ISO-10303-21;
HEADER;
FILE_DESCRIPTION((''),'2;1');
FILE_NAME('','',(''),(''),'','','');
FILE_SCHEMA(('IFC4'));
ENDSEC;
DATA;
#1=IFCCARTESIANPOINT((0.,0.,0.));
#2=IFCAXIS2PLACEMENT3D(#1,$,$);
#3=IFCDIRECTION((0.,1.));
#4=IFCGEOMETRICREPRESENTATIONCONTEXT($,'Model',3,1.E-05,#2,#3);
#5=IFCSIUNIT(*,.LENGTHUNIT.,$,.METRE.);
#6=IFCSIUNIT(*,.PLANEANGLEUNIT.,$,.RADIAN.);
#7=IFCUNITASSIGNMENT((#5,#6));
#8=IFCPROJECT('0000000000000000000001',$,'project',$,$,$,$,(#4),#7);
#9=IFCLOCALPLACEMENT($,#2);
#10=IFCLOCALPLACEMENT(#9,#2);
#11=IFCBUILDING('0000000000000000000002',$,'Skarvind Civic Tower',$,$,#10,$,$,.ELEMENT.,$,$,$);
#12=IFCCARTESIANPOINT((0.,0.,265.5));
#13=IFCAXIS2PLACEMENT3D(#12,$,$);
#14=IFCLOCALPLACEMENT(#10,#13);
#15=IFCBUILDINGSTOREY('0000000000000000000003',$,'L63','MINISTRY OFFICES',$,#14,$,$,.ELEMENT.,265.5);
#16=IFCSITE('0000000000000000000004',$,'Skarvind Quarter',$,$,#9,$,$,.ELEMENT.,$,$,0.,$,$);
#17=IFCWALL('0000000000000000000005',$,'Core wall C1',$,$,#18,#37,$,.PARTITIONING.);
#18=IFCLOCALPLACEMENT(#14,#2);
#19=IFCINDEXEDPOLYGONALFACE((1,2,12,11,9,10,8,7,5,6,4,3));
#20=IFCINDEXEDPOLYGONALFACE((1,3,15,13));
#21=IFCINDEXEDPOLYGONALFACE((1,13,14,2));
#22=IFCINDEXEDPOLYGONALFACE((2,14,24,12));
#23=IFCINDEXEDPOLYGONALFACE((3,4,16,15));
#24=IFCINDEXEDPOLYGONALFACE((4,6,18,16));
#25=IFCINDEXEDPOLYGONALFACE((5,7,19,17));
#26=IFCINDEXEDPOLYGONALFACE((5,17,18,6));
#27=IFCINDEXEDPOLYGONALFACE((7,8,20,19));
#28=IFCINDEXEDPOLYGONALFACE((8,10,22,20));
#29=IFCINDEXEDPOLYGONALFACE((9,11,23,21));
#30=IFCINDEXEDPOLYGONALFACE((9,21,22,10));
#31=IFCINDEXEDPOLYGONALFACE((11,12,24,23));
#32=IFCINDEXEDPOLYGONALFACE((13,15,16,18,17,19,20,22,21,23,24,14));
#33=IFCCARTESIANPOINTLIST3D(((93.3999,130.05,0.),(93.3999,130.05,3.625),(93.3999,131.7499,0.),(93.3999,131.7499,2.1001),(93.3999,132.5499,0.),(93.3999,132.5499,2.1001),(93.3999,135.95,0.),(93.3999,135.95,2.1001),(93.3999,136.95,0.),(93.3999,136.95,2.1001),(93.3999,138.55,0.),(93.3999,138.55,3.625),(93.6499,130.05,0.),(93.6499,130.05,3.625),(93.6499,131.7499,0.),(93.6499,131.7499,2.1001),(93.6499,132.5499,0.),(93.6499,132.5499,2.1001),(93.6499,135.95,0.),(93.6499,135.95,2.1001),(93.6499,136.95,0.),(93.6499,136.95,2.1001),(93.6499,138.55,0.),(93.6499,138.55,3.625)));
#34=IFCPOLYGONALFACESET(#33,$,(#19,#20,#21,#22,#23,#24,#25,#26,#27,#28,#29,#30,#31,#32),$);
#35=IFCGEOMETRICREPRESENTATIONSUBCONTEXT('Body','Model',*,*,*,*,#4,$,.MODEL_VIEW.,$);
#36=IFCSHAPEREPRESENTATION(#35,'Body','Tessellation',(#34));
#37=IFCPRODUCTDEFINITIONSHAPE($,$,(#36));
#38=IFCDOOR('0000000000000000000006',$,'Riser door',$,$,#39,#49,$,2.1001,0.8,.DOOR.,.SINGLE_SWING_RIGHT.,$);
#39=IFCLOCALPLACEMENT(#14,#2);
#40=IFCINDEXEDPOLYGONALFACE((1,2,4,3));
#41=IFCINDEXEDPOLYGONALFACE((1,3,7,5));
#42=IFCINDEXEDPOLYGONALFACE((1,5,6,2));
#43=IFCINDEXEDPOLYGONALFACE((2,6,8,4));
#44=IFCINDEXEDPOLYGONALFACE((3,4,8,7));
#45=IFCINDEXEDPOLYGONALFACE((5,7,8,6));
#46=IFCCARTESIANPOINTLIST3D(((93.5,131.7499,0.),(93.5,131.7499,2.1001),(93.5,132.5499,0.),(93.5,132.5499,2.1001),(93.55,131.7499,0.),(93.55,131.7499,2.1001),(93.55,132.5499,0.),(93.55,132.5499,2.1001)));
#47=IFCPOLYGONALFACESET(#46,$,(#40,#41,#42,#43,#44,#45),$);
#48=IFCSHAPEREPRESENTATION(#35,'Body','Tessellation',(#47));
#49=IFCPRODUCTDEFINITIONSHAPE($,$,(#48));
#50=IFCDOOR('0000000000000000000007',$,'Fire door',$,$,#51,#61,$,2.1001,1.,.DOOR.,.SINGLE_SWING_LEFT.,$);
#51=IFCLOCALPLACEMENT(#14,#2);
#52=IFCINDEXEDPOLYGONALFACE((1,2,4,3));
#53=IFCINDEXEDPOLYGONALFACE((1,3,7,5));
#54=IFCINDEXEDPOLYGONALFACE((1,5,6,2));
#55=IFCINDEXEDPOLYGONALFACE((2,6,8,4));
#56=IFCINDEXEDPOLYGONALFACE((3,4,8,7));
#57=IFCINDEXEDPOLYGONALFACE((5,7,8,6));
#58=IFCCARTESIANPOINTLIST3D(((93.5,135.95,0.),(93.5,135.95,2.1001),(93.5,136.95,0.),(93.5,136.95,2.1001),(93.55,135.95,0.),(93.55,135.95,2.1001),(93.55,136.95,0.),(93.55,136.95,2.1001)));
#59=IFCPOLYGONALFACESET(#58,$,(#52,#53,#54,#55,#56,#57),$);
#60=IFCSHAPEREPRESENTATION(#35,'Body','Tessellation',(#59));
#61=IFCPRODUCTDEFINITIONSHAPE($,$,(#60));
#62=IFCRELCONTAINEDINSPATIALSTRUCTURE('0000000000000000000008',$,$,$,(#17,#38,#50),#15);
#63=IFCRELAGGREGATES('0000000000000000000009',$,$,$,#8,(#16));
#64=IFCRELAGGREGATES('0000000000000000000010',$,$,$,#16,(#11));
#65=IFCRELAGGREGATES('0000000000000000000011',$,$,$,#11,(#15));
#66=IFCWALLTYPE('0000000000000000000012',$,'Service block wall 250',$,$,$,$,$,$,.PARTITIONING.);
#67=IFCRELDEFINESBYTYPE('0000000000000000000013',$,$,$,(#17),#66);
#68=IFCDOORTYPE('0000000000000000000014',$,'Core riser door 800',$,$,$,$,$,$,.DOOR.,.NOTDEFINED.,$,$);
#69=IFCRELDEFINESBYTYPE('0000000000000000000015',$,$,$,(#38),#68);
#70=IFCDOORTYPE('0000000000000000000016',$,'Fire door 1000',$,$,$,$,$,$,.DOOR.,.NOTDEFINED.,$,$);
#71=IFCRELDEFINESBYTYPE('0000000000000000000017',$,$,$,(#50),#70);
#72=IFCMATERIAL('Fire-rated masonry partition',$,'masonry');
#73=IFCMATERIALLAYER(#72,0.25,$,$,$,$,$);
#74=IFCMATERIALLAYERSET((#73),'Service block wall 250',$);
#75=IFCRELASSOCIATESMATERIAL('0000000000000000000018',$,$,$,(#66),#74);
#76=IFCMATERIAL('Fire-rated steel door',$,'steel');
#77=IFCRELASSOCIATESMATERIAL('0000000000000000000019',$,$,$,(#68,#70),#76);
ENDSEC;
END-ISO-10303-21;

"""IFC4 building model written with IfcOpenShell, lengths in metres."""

from ifc_helpers import new_model, si_unit, direction, frame, frame_2d, origin, place, context, subcontext, project, spatial, rectangle, extrude, material, layer, layer_set, type_object, element, fill, save


model = new_model("IFC4")

# Units and contexts
model_context = context("Model", 3, precision=1e-05, world=origin(), true_north=direction((0.0, 1.0)))
body_context = subcontext(model_context, "Body", "Model", "MODEL_VIEW")
ifc_project = project(units=[si_unit("LENGTHUNIT", "METRE"), si_unit("PLANEANGLEUNIT", "RADIAN")], contexts=[model_context])

# Site, building, storey
site_placement = place(None, origin())
site = spatial("IfcSite", under=ifc_project, at=site_placement, Name="Skarvind Quarter", CompositionType="ELEMENT", RefElevation=0.0)
building_placement = place(site_placement, origin())
building = spatial("IfcBuilding", under=site, at=building_placement, Name="Skarvind Civic Tower", CompositionType="ELEMENT")
storey_placement = place(building_placement, frame((0.0, 0.0, 265.5)))
storey = spatial("IfcBuildingStorey", under=building, at=storey_placement, Name="L63", Description="MINISTRY OFFICES", CompositionType="ELEMENT", Elevation=265.5)

# Shared definitions
ifc_material_1 = material(Name="Fire-rated masonry partition", Category="masonry")
ifc_material_2 = material(Name="Fire-rated steel door", Category="steel")

# Wall, openings, doors
ifc_layer_1 = layer(ifc_material_1, 0.25)
ifc_layer_set_1 = layer_set([ifc_layer_1], Name="Service block wall 250")
wall_type_1 = type_object("IfcWallType", Name="Service block wall 250", PredefinedType="PARTITIONING", material=ifc_layer_set_1)
wall_1_placement = place(storey_placement, frame((93.5249, 130.05, 0.0), z_axis=(0.0, 0.0, 1.0), x_axis=(0.0, 1.0, 0.0)))
wall_1 = element("IfcWall", 1, at=wall_1_placement, inside=storey, type_object=wall_type_1, Name="Core wall C1", PredefinedType="PARTITIONING", context=body_context, shape_type="SweptSolid", body=[
    extrude(rectangle(XDim=8.5, YDim=0.25, at=frame_2d((4.25, 0.0))), origin(), (0.0, 0.0, 1.0), 3.625),
])
opening_1_placement = place(wall_1_placement, frame((1.7, 0.0, 0.0)))
opening_1 = element("IfcOpeningElement", 2, at=opening_1_placement, cuts=wall_1, PredefinedType="OPENING", context=body_context, shape_type="SweptSolid", body=[
    extrude(rectangle(XDim=0.8, YDim=2.1001, at=frame_2d((0.3999, 1.05))), frame((0.0, 0.135, 0.0), z_axis=(0.0, -1.0, 0.0), x_axis=(1.0, 0.0, 0.0)), (0.0, 0.0, 1.0), 0.27),
])
opening_2_placement = place(wall_1_placement, frame((5.8999, 0.0, 0.0)))
opening_2 = element("IfcOpeningElement", 3, at=opening_2_placement, cuts=wall_1, PredefinedType="OPENING", context=body_context, shape_type="SweptSolid", body=[
    extrude(rectangle(XDim=1.0, YDim=2.1001, at=frame_2d((0.5, 1.05))), frame((0.0, 0.135, 0.0), z_axis=(0.0, -1.0, 0.0), x_axis=(1.0, 0.0, 0.0)), (0.0, 0.0, 1.0), 0.27),
])
door_type_1 = type_object("IfcDoorType", Name="Core riser door 800", OperationType="NOTDEFINED", PredefinedType="DOOR", material=ifc_material_2)
door_1_placement = place(opening_1_placement, origin())
door_1 = element("IfcDoor", 4, at=door_1_placement, inside=storey, type_object=door_type_1, Name="Riser door", OperationType="SINGLE_SWING_RIGHT", OverallHeight=2.1001, OverallWidth=0.8, PredefinedType="DOOR", context=body_context, shape_type="SweptSolid", body=[
    extrude(rectangle(XDim=0.8, YDim=2.1001, at=frame_2d((0.3999, 1.05))), frame((0.0, 0.0249, 0.0), z_axis=(0.0, -1.0, 0.0), x_axis=(1.0, 0.0, 0.0)), (0.0, 0.0, 1.0), 0.05),
])
fill(opening_1, door_1)
door_type_2 = type_object("IfcDoorType", Name="Fire door 1000", OperationType="NOTDEFINED", PredefinedType="DOOR", material=ifc_material_2)
door_2_placement = place(opening_2_placement, origin())
door_2 = element("IfcDoor", 5, at=door_2_placement, inside=storey, type_object=door_type_2, Name="Fire door", OperationType="SINGLE_SWING_LEFT", OverallHeight=2.1001, OverallWidth=1.0, PredefinedType="DOOR", context=body_context, shape_type="SweptSolid", body=[
    extrude(rectangle(XDim=1.0, YDim=2.1001, at=frame_2d((0.5, 1.05))), frame((0.0, 0.0249, 0.0), z_axis=(0.0, -1.0, 0.0), x_axis=(1.0, 0.0, 0.0)), (0.0, 0.0, 1.0), 0.05),
])
fill(opening_2, door_2)

save(model, "model.ifc")
